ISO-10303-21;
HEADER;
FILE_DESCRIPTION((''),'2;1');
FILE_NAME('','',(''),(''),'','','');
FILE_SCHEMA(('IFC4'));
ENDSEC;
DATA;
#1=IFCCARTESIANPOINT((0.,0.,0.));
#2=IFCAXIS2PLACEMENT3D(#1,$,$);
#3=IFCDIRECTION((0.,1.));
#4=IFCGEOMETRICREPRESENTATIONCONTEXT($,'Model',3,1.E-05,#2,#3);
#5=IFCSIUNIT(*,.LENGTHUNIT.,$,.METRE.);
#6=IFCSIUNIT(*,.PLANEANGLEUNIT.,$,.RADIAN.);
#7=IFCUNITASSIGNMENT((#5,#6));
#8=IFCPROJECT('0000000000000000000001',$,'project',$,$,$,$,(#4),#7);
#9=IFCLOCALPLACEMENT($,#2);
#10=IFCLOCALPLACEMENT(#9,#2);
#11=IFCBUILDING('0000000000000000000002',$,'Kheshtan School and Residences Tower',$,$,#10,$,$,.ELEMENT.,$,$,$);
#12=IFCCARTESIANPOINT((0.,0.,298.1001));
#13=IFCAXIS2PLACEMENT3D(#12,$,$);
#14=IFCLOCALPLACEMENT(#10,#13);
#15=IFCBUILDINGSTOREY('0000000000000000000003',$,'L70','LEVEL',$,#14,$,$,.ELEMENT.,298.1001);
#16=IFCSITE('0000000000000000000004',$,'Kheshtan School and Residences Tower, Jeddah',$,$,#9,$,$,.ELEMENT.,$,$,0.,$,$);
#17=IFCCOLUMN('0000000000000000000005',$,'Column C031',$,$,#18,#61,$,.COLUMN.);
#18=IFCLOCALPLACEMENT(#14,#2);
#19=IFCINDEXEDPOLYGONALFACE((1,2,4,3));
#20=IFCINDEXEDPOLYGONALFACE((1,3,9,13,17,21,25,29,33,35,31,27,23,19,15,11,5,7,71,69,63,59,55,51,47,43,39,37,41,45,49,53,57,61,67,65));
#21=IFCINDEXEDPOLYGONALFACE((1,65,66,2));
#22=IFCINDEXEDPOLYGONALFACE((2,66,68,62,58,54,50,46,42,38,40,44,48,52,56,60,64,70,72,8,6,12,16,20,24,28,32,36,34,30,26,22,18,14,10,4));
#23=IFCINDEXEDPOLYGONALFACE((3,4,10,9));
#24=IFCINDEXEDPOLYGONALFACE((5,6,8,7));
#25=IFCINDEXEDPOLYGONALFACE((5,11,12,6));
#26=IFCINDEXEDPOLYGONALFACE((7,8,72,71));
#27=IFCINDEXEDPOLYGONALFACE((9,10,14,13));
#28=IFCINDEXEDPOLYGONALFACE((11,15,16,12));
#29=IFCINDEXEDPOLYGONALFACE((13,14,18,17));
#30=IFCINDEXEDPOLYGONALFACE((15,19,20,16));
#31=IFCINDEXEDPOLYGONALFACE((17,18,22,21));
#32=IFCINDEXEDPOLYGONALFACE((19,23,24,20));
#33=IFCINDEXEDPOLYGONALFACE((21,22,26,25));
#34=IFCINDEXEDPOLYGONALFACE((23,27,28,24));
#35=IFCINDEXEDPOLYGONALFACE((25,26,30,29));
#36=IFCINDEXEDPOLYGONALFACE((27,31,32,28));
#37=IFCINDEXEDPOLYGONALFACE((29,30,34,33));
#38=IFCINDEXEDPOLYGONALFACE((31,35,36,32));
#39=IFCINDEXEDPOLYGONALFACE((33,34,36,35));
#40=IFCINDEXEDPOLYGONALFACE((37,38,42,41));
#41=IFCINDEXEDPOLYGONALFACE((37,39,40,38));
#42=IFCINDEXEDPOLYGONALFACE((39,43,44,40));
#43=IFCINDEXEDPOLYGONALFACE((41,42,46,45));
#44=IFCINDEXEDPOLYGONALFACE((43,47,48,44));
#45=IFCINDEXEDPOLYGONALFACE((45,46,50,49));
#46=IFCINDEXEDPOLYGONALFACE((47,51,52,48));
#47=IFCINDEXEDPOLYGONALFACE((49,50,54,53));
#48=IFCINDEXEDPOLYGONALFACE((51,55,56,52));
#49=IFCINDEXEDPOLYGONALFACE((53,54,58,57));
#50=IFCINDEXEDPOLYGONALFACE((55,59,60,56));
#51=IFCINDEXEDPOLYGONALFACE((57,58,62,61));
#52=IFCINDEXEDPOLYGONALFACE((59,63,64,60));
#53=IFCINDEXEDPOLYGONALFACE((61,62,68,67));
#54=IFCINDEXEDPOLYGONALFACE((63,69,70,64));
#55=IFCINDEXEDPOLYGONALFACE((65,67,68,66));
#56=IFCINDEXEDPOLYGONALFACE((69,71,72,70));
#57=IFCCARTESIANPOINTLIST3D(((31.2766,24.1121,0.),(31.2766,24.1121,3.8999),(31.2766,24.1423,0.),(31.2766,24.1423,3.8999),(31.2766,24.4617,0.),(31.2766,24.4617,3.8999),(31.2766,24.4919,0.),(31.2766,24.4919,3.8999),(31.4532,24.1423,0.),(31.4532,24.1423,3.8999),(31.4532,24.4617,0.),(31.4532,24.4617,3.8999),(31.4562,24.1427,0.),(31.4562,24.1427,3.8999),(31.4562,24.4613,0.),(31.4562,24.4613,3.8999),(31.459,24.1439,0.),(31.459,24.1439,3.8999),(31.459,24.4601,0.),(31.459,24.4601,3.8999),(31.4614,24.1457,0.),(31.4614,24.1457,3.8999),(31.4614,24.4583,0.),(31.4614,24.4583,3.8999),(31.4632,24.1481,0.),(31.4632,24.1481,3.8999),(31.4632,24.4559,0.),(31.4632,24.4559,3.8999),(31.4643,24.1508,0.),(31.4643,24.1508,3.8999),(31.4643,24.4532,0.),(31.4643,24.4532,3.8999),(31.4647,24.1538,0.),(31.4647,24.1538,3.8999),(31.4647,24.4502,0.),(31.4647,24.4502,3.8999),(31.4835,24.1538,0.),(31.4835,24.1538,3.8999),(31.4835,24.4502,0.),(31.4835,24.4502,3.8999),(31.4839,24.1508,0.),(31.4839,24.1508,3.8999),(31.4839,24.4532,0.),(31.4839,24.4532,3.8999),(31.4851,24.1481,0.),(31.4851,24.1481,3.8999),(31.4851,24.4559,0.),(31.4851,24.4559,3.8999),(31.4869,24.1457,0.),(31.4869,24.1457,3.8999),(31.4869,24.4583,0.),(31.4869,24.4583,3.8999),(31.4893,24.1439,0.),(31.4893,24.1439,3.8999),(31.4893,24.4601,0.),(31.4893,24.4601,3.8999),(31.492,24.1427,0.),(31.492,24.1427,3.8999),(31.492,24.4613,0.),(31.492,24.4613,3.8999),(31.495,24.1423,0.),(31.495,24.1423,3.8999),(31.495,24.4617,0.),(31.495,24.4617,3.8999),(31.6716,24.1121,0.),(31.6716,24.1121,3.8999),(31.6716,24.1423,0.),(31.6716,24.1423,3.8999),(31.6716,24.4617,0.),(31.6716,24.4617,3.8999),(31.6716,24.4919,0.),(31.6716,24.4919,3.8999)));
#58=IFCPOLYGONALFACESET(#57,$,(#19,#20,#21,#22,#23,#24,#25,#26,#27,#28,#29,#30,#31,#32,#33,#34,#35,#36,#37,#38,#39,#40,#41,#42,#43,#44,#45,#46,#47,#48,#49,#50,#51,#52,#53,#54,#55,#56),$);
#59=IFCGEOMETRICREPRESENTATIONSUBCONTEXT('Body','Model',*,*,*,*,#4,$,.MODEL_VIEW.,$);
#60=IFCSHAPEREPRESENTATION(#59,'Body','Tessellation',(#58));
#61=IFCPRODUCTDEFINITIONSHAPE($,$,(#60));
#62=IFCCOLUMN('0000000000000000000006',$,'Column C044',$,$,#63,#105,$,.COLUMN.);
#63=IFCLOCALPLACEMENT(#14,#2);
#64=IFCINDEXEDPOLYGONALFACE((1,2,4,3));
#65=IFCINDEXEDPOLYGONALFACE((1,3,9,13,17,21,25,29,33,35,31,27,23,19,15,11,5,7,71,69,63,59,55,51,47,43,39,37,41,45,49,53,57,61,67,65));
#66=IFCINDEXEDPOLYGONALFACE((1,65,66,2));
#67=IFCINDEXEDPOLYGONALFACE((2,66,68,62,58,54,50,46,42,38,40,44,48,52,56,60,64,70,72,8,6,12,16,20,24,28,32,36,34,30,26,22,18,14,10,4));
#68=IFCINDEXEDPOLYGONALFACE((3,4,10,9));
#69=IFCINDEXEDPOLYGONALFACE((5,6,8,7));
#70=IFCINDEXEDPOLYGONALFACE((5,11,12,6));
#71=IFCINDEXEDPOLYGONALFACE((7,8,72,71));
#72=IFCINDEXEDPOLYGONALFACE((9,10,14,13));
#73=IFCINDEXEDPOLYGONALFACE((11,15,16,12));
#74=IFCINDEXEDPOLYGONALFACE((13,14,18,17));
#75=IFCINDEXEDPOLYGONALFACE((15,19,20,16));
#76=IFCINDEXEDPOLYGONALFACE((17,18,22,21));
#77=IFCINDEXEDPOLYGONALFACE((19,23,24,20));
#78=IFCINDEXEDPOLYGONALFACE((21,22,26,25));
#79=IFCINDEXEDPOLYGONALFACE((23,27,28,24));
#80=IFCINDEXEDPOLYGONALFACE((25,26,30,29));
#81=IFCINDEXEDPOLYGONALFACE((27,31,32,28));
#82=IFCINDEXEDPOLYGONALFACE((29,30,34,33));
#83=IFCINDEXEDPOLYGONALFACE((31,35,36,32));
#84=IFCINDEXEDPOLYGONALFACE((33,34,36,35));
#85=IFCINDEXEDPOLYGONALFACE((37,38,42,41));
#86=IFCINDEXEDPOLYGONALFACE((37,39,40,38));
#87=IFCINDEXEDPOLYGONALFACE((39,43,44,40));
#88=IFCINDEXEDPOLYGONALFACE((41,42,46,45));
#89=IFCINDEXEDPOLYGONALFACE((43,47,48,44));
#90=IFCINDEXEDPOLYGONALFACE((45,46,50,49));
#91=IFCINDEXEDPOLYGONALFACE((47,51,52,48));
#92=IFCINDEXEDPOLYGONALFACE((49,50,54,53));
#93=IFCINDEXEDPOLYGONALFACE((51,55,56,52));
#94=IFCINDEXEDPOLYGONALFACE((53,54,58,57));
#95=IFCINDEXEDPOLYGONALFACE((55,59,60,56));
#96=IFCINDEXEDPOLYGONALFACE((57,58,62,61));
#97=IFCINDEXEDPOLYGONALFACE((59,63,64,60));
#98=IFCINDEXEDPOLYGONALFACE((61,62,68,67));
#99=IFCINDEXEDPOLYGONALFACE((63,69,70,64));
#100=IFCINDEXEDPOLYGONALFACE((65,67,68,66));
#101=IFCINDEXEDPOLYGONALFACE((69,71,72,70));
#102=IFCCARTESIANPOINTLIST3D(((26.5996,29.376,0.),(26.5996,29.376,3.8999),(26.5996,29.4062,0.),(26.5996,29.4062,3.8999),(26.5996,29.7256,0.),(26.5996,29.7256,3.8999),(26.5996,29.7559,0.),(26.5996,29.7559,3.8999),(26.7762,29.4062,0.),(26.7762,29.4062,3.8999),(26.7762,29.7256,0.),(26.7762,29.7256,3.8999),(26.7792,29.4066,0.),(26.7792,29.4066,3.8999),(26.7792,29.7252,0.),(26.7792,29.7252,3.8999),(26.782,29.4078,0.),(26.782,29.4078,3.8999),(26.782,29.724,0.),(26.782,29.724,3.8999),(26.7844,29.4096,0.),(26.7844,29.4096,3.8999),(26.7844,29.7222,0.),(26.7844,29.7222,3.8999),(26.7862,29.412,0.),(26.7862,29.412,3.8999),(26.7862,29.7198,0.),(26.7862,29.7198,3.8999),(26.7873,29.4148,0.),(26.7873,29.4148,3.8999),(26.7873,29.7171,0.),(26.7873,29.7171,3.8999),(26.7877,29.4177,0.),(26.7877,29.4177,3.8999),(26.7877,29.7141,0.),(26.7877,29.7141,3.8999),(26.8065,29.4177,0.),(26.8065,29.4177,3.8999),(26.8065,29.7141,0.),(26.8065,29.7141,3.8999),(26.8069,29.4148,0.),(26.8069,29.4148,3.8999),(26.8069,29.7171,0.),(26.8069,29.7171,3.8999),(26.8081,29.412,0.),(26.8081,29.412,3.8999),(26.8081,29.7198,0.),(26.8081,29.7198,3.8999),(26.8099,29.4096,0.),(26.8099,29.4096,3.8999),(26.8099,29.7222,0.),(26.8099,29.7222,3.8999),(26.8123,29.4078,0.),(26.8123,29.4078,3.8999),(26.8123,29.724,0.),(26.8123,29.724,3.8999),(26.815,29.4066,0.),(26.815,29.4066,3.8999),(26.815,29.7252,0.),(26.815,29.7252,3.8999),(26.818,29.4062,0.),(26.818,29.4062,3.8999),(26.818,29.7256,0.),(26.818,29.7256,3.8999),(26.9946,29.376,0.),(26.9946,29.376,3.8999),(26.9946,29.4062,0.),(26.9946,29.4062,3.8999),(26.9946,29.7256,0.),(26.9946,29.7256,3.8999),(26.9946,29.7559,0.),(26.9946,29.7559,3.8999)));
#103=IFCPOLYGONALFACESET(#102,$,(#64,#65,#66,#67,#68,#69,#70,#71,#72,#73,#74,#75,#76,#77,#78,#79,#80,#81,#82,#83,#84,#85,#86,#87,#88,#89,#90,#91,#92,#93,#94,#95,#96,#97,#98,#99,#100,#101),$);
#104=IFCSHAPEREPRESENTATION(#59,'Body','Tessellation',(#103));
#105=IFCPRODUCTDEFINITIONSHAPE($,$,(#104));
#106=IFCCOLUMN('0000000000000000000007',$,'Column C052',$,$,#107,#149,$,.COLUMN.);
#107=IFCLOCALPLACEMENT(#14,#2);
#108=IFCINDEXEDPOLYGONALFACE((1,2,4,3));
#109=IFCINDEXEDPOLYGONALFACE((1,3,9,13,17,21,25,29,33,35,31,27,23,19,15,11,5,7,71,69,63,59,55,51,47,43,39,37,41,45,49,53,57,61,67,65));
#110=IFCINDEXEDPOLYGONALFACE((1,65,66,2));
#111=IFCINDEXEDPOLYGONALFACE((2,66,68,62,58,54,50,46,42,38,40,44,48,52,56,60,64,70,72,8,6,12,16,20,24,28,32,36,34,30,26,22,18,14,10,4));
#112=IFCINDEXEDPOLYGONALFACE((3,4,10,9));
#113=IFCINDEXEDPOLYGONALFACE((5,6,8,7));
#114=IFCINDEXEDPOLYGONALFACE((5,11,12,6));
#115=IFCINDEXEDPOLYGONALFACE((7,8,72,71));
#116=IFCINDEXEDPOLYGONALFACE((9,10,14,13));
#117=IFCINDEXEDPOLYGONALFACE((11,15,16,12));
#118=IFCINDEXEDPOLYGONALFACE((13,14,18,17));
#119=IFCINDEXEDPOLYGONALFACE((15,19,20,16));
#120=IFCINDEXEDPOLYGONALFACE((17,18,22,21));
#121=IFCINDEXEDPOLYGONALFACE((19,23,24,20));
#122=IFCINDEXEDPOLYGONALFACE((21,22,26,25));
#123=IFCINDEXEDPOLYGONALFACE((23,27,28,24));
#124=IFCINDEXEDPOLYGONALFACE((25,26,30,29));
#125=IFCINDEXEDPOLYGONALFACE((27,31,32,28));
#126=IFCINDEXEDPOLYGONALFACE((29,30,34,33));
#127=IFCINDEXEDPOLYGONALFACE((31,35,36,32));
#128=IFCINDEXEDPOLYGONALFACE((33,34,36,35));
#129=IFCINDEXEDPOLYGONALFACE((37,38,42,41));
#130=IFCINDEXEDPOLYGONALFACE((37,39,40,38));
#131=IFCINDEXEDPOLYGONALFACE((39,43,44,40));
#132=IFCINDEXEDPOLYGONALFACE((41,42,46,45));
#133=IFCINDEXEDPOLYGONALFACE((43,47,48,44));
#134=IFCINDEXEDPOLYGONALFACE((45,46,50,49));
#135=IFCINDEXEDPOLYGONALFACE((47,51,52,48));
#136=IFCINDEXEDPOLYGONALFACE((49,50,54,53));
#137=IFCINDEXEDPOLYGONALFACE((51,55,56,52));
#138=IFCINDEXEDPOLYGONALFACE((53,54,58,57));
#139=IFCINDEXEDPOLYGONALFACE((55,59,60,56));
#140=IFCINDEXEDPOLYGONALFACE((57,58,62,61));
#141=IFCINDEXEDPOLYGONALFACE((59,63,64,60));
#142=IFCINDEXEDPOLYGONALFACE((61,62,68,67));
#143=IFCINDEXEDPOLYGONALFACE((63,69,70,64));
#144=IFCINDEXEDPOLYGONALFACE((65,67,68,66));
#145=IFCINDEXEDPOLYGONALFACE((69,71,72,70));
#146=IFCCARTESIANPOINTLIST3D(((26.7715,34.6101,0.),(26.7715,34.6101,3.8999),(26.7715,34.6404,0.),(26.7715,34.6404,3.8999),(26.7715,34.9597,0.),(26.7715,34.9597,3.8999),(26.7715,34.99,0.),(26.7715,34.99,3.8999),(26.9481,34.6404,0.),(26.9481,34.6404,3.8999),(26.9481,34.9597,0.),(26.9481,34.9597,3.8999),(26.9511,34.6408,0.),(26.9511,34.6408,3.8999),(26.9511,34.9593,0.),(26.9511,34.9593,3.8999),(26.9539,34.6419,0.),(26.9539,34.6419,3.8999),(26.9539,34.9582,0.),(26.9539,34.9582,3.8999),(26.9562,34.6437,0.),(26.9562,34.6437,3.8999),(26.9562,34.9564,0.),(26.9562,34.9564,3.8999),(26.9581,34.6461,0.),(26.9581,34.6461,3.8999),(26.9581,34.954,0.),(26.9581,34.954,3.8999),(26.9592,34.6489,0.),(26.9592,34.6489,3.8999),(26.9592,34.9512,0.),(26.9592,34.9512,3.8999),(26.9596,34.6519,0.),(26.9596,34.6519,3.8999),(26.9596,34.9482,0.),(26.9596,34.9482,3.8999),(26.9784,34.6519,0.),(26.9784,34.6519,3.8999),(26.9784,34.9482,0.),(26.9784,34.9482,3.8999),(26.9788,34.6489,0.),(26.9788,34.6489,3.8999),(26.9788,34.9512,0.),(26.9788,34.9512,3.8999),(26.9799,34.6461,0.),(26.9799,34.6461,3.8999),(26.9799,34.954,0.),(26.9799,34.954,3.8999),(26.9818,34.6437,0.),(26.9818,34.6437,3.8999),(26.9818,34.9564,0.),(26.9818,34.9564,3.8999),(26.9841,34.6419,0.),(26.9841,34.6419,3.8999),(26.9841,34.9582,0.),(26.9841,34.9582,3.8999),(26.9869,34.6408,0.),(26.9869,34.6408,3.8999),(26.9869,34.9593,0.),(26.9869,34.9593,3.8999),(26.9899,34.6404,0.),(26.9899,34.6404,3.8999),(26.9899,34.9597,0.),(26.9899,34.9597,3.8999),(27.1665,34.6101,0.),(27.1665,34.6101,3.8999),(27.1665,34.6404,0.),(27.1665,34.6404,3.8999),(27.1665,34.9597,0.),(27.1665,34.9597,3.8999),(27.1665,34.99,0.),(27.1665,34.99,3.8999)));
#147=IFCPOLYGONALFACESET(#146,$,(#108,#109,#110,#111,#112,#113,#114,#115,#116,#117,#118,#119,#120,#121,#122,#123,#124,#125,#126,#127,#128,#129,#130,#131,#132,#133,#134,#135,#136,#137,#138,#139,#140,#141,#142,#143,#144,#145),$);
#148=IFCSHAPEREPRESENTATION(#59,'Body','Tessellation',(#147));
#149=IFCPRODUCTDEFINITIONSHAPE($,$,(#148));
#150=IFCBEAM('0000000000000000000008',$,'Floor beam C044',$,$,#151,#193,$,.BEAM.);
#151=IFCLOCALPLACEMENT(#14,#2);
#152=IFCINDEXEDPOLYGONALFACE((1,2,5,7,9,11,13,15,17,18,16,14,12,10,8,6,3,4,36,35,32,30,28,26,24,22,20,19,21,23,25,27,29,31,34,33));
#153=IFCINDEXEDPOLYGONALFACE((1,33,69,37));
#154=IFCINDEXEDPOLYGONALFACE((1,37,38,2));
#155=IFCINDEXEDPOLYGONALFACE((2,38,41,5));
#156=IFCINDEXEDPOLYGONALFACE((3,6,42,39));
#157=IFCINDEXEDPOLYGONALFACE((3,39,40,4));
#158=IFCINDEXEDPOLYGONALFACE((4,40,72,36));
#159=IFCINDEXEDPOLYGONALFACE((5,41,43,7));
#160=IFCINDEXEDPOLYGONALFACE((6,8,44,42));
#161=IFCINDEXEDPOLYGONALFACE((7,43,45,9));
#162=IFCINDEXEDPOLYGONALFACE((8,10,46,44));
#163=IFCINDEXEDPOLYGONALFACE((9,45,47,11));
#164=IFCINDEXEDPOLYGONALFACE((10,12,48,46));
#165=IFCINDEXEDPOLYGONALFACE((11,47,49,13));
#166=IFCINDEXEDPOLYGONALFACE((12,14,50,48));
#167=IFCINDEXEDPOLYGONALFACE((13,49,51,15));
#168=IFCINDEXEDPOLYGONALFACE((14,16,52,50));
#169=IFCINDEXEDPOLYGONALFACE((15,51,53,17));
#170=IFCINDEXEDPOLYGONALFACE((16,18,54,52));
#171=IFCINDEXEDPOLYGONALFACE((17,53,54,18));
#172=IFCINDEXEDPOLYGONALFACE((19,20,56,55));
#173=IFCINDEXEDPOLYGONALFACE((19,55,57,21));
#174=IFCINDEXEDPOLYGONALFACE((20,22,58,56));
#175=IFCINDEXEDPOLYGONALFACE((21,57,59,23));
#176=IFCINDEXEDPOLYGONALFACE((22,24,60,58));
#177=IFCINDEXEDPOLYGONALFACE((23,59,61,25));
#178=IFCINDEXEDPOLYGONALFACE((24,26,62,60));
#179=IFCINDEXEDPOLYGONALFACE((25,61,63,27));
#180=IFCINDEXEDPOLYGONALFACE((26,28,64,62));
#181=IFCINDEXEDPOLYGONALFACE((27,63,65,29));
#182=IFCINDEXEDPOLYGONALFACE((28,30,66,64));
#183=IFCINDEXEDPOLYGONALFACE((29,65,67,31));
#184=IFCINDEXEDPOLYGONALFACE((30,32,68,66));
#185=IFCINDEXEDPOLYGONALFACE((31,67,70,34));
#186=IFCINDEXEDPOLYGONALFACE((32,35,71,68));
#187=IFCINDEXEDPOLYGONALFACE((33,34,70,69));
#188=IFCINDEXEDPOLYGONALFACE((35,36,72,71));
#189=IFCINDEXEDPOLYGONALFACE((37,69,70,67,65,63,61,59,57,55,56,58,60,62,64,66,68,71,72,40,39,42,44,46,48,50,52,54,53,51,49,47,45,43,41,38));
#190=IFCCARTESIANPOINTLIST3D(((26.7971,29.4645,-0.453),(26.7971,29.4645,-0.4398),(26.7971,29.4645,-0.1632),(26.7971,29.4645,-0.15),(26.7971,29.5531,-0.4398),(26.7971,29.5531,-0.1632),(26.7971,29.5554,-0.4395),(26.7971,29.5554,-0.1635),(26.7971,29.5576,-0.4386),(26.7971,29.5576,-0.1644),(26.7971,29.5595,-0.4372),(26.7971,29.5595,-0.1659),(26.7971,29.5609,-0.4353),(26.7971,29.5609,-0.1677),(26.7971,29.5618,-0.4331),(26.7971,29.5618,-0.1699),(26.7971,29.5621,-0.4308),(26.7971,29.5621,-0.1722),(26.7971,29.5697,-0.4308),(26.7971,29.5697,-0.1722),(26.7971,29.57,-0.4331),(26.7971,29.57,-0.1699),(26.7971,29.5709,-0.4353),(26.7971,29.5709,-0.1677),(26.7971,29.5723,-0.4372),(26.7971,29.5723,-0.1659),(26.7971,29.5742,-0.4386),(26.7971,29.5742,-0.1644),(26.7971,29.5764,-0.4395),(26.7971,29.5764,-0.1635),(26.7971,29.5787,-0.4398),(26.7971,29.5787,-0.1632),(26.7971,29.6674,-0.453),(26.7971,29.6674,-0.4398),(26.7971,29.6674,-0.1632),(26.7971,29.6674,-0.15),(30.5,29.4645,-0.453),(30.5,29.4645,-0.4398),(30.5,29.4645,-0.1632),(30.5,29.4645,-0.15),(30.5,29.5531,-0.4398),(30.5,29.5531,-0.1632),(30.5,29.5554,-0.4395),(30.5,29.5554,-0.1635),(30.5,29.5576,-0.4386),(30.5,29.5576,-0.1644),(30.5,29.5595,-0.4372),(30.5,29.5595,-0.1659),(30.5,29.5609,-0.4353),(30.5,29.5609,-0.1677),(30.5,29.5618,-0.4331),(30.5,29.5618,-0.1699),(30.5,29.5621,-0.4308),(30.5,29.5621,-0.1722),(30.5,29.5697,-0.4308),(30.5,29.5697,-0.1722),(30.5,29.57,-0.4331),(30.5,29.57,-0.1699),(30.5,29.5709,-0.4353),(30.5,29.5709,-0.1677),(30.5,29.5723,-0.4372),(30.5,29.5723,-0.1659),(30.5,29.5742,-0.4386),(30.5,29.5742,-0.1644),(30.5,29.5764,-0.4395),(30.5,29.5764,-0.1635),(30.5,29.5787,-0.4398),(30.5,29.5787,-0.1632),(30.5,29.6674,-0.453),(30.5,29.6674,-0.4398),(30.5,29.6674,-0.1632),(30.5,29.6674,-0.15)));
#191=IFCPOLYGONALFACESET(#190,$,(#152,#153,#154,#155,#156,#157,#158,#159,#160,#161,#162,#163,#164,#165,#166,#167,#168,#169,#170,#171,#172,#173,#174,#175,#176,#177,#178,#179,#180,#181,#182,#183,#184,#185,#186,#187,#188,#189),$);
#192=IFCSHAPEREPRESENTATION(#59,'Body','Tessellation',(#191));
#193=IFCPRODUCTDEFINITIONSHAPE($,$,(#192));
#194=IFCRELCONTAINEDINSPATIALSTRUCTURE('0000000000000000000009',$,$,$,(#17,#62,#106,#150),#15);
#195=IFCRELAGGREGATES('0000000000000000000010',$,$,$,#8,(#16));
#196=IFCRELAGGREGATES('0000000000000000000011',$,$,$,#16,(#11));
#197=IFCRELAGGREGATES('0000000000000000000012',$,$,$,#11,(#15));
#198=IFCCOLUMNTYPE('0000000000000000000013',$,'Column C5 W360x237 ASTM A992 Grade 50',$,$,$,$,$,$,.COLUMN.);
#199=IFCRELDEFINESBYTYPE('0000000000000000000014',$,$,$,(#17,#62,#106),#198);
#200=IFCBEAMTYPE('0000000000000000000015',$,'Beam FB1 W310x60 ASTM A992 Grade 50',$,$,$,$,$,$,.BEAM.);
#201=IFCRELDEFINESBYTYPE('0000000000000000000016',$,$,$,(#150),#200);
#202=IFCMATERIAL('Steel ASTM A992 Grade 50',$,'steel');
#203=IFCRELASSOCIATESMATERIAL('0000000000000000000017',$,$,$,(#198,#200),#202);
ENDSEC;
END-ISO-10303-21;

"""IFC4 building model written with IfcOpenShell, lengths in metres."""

from ifc_helpers import new_model, si_unit, direction, frame, origin, origin_2d, place, context, subcontext, project, spatial, i_section, extrude, material, material_profile, profile_set, type_object, element, save


model = new_model("IFC4")

# Units and contexts
model_context = context("Model", 3, precision=1e-05, world=origin(), true_north=direction((0.0, 1.0)))
body_context = subcontext(model_context, "Body", "Model", "MODEL_VIEW")
ifc_project = project(units=[si_unit("LENGTHUNIT", "METRE"), si_unit("PLANEANGLEUNIT", "RADIAN")], contexts=[model_context])

# Site, building, storey
site_placement = place(None, origin())
site = spatial("IfcSite", under=ifc_project, at=site_placement, Name="Kheshtan School and Residences Tower, Jeddah", CompositionType="ELEMENT", RefElevation=0.0)
building_placement = place(site_placement, origin())
building = spatial("IfcBuilding", under=site, at=building_placement, Name="Kheshtan School and Residences Tower", CompositionType="ELEMENT")
storey_placement = place(building_placement, frame((0.0, 0.0, 298.1001)))
storey = spatial("IfcBuildingStorey", under=building, at=storey_placement, Name="L70", Description="LEVEL", CompositionType="ELEMENT", Elevation=298.1001)

# Columns
ifc_material_1 = material(Name="Steel ASTM A992 Grade 50", Category="steel")
ifc_material_profile_1 = material_profile(ifc_material_1, i_section(OverallWidth=0.395, OverallDepth=0.3799, WebThickness=0.0188, FlangeThickness=0.0303, FilletRadius=0.0115, at=origin_2d()), Name="W360x237")
ifc_profile_set_1 = profile_set([ifc_material_profile_1], Name="Steel ASTM A992 Grade 50")
column_type = type_object("IfcColumnType", Name="Column C5 W360x237 ASTM A992 Grade 50", PredefinedType="COLUMN", material=ifc_profile_set_1)
for number, where, z_axis, x_axis, name in (
    (1, (31.4741, 24.302, 0.0), (0.0, 0.0, 1.0), (1.0, 0.0, 0.0), "Column C031"),
    (2, (26.7971, 29.5659, 0.0), (0.0, 0.0, 1.0), (1.0, 0.0, 0.0), "Column C044"),
    (3, (26.969, 34.8, 0.0), (0.0, 0.0, 1.0), (1.0, 0.0, 0.0), "Column C052"),
):
    element("IfcColumn", number, at=place(storey_placement, frame(where, z_axis=z_axis, x_axis=x_axis)), inside=storey, type_object=column_type, Name=name, PredefinedType="COLUMN", context=body_context, shape_type="SweptSolid", body=[
        extrude(i_section(OverallWidth=0.395, OverallDepth=0.3799, WebThickness=0.0188, FlangeThickness=0.0303, FilletRadius=0.0115, at=origin_2d()), origin(), (0.0, 0.0, 1.0), 3.8999),
    ])

# Beam
ifc_material_profile_2 = material_profile(ifc_material_1, i_section(OverallWidth=0.2029, OverallDepth=0.303, WebThickness=0.0076, FlangeThickness=0.0132, FilletRadius=0.009, at=origin_2d()), Name="W310x60")
ifc_profile_set_2 = profile_set([ifc_material_profile_2], Name="Steel ASTM A992 Grade 50")
beam_type_1 = type_object("IfcBeamType", Name="Beam FB1 W310x60 ASTM A992 Grade 50", PredefinedType="BEAM", material=ifc_profile_set_2)
beam_1_placement = place(storey_placement, frame((26.7971, 29.5659, -0.3015), z_axis=(1.0, 0.0, 0.0), x_axis=(0.0, 1.0, 0.0)))
element("IfcBeam", 4, at=beam_1_placement, inside=storey, type_object=beam_type_1, Name="Floor beam C044", PredefinedType="BEAM", context=body_context, shape_type="SweptSolid", body=[
    extrude(i_section(OverallWidth=0.2029, OverallDepth=0.303, WebThickness=0.0076, FlangeThickness=0.0132, FilletRadius=0.009, at=origin_2d()), origin(), (0.0, 0.0, 1.0), 3.7029),
])

save(model, "model.ifc")
